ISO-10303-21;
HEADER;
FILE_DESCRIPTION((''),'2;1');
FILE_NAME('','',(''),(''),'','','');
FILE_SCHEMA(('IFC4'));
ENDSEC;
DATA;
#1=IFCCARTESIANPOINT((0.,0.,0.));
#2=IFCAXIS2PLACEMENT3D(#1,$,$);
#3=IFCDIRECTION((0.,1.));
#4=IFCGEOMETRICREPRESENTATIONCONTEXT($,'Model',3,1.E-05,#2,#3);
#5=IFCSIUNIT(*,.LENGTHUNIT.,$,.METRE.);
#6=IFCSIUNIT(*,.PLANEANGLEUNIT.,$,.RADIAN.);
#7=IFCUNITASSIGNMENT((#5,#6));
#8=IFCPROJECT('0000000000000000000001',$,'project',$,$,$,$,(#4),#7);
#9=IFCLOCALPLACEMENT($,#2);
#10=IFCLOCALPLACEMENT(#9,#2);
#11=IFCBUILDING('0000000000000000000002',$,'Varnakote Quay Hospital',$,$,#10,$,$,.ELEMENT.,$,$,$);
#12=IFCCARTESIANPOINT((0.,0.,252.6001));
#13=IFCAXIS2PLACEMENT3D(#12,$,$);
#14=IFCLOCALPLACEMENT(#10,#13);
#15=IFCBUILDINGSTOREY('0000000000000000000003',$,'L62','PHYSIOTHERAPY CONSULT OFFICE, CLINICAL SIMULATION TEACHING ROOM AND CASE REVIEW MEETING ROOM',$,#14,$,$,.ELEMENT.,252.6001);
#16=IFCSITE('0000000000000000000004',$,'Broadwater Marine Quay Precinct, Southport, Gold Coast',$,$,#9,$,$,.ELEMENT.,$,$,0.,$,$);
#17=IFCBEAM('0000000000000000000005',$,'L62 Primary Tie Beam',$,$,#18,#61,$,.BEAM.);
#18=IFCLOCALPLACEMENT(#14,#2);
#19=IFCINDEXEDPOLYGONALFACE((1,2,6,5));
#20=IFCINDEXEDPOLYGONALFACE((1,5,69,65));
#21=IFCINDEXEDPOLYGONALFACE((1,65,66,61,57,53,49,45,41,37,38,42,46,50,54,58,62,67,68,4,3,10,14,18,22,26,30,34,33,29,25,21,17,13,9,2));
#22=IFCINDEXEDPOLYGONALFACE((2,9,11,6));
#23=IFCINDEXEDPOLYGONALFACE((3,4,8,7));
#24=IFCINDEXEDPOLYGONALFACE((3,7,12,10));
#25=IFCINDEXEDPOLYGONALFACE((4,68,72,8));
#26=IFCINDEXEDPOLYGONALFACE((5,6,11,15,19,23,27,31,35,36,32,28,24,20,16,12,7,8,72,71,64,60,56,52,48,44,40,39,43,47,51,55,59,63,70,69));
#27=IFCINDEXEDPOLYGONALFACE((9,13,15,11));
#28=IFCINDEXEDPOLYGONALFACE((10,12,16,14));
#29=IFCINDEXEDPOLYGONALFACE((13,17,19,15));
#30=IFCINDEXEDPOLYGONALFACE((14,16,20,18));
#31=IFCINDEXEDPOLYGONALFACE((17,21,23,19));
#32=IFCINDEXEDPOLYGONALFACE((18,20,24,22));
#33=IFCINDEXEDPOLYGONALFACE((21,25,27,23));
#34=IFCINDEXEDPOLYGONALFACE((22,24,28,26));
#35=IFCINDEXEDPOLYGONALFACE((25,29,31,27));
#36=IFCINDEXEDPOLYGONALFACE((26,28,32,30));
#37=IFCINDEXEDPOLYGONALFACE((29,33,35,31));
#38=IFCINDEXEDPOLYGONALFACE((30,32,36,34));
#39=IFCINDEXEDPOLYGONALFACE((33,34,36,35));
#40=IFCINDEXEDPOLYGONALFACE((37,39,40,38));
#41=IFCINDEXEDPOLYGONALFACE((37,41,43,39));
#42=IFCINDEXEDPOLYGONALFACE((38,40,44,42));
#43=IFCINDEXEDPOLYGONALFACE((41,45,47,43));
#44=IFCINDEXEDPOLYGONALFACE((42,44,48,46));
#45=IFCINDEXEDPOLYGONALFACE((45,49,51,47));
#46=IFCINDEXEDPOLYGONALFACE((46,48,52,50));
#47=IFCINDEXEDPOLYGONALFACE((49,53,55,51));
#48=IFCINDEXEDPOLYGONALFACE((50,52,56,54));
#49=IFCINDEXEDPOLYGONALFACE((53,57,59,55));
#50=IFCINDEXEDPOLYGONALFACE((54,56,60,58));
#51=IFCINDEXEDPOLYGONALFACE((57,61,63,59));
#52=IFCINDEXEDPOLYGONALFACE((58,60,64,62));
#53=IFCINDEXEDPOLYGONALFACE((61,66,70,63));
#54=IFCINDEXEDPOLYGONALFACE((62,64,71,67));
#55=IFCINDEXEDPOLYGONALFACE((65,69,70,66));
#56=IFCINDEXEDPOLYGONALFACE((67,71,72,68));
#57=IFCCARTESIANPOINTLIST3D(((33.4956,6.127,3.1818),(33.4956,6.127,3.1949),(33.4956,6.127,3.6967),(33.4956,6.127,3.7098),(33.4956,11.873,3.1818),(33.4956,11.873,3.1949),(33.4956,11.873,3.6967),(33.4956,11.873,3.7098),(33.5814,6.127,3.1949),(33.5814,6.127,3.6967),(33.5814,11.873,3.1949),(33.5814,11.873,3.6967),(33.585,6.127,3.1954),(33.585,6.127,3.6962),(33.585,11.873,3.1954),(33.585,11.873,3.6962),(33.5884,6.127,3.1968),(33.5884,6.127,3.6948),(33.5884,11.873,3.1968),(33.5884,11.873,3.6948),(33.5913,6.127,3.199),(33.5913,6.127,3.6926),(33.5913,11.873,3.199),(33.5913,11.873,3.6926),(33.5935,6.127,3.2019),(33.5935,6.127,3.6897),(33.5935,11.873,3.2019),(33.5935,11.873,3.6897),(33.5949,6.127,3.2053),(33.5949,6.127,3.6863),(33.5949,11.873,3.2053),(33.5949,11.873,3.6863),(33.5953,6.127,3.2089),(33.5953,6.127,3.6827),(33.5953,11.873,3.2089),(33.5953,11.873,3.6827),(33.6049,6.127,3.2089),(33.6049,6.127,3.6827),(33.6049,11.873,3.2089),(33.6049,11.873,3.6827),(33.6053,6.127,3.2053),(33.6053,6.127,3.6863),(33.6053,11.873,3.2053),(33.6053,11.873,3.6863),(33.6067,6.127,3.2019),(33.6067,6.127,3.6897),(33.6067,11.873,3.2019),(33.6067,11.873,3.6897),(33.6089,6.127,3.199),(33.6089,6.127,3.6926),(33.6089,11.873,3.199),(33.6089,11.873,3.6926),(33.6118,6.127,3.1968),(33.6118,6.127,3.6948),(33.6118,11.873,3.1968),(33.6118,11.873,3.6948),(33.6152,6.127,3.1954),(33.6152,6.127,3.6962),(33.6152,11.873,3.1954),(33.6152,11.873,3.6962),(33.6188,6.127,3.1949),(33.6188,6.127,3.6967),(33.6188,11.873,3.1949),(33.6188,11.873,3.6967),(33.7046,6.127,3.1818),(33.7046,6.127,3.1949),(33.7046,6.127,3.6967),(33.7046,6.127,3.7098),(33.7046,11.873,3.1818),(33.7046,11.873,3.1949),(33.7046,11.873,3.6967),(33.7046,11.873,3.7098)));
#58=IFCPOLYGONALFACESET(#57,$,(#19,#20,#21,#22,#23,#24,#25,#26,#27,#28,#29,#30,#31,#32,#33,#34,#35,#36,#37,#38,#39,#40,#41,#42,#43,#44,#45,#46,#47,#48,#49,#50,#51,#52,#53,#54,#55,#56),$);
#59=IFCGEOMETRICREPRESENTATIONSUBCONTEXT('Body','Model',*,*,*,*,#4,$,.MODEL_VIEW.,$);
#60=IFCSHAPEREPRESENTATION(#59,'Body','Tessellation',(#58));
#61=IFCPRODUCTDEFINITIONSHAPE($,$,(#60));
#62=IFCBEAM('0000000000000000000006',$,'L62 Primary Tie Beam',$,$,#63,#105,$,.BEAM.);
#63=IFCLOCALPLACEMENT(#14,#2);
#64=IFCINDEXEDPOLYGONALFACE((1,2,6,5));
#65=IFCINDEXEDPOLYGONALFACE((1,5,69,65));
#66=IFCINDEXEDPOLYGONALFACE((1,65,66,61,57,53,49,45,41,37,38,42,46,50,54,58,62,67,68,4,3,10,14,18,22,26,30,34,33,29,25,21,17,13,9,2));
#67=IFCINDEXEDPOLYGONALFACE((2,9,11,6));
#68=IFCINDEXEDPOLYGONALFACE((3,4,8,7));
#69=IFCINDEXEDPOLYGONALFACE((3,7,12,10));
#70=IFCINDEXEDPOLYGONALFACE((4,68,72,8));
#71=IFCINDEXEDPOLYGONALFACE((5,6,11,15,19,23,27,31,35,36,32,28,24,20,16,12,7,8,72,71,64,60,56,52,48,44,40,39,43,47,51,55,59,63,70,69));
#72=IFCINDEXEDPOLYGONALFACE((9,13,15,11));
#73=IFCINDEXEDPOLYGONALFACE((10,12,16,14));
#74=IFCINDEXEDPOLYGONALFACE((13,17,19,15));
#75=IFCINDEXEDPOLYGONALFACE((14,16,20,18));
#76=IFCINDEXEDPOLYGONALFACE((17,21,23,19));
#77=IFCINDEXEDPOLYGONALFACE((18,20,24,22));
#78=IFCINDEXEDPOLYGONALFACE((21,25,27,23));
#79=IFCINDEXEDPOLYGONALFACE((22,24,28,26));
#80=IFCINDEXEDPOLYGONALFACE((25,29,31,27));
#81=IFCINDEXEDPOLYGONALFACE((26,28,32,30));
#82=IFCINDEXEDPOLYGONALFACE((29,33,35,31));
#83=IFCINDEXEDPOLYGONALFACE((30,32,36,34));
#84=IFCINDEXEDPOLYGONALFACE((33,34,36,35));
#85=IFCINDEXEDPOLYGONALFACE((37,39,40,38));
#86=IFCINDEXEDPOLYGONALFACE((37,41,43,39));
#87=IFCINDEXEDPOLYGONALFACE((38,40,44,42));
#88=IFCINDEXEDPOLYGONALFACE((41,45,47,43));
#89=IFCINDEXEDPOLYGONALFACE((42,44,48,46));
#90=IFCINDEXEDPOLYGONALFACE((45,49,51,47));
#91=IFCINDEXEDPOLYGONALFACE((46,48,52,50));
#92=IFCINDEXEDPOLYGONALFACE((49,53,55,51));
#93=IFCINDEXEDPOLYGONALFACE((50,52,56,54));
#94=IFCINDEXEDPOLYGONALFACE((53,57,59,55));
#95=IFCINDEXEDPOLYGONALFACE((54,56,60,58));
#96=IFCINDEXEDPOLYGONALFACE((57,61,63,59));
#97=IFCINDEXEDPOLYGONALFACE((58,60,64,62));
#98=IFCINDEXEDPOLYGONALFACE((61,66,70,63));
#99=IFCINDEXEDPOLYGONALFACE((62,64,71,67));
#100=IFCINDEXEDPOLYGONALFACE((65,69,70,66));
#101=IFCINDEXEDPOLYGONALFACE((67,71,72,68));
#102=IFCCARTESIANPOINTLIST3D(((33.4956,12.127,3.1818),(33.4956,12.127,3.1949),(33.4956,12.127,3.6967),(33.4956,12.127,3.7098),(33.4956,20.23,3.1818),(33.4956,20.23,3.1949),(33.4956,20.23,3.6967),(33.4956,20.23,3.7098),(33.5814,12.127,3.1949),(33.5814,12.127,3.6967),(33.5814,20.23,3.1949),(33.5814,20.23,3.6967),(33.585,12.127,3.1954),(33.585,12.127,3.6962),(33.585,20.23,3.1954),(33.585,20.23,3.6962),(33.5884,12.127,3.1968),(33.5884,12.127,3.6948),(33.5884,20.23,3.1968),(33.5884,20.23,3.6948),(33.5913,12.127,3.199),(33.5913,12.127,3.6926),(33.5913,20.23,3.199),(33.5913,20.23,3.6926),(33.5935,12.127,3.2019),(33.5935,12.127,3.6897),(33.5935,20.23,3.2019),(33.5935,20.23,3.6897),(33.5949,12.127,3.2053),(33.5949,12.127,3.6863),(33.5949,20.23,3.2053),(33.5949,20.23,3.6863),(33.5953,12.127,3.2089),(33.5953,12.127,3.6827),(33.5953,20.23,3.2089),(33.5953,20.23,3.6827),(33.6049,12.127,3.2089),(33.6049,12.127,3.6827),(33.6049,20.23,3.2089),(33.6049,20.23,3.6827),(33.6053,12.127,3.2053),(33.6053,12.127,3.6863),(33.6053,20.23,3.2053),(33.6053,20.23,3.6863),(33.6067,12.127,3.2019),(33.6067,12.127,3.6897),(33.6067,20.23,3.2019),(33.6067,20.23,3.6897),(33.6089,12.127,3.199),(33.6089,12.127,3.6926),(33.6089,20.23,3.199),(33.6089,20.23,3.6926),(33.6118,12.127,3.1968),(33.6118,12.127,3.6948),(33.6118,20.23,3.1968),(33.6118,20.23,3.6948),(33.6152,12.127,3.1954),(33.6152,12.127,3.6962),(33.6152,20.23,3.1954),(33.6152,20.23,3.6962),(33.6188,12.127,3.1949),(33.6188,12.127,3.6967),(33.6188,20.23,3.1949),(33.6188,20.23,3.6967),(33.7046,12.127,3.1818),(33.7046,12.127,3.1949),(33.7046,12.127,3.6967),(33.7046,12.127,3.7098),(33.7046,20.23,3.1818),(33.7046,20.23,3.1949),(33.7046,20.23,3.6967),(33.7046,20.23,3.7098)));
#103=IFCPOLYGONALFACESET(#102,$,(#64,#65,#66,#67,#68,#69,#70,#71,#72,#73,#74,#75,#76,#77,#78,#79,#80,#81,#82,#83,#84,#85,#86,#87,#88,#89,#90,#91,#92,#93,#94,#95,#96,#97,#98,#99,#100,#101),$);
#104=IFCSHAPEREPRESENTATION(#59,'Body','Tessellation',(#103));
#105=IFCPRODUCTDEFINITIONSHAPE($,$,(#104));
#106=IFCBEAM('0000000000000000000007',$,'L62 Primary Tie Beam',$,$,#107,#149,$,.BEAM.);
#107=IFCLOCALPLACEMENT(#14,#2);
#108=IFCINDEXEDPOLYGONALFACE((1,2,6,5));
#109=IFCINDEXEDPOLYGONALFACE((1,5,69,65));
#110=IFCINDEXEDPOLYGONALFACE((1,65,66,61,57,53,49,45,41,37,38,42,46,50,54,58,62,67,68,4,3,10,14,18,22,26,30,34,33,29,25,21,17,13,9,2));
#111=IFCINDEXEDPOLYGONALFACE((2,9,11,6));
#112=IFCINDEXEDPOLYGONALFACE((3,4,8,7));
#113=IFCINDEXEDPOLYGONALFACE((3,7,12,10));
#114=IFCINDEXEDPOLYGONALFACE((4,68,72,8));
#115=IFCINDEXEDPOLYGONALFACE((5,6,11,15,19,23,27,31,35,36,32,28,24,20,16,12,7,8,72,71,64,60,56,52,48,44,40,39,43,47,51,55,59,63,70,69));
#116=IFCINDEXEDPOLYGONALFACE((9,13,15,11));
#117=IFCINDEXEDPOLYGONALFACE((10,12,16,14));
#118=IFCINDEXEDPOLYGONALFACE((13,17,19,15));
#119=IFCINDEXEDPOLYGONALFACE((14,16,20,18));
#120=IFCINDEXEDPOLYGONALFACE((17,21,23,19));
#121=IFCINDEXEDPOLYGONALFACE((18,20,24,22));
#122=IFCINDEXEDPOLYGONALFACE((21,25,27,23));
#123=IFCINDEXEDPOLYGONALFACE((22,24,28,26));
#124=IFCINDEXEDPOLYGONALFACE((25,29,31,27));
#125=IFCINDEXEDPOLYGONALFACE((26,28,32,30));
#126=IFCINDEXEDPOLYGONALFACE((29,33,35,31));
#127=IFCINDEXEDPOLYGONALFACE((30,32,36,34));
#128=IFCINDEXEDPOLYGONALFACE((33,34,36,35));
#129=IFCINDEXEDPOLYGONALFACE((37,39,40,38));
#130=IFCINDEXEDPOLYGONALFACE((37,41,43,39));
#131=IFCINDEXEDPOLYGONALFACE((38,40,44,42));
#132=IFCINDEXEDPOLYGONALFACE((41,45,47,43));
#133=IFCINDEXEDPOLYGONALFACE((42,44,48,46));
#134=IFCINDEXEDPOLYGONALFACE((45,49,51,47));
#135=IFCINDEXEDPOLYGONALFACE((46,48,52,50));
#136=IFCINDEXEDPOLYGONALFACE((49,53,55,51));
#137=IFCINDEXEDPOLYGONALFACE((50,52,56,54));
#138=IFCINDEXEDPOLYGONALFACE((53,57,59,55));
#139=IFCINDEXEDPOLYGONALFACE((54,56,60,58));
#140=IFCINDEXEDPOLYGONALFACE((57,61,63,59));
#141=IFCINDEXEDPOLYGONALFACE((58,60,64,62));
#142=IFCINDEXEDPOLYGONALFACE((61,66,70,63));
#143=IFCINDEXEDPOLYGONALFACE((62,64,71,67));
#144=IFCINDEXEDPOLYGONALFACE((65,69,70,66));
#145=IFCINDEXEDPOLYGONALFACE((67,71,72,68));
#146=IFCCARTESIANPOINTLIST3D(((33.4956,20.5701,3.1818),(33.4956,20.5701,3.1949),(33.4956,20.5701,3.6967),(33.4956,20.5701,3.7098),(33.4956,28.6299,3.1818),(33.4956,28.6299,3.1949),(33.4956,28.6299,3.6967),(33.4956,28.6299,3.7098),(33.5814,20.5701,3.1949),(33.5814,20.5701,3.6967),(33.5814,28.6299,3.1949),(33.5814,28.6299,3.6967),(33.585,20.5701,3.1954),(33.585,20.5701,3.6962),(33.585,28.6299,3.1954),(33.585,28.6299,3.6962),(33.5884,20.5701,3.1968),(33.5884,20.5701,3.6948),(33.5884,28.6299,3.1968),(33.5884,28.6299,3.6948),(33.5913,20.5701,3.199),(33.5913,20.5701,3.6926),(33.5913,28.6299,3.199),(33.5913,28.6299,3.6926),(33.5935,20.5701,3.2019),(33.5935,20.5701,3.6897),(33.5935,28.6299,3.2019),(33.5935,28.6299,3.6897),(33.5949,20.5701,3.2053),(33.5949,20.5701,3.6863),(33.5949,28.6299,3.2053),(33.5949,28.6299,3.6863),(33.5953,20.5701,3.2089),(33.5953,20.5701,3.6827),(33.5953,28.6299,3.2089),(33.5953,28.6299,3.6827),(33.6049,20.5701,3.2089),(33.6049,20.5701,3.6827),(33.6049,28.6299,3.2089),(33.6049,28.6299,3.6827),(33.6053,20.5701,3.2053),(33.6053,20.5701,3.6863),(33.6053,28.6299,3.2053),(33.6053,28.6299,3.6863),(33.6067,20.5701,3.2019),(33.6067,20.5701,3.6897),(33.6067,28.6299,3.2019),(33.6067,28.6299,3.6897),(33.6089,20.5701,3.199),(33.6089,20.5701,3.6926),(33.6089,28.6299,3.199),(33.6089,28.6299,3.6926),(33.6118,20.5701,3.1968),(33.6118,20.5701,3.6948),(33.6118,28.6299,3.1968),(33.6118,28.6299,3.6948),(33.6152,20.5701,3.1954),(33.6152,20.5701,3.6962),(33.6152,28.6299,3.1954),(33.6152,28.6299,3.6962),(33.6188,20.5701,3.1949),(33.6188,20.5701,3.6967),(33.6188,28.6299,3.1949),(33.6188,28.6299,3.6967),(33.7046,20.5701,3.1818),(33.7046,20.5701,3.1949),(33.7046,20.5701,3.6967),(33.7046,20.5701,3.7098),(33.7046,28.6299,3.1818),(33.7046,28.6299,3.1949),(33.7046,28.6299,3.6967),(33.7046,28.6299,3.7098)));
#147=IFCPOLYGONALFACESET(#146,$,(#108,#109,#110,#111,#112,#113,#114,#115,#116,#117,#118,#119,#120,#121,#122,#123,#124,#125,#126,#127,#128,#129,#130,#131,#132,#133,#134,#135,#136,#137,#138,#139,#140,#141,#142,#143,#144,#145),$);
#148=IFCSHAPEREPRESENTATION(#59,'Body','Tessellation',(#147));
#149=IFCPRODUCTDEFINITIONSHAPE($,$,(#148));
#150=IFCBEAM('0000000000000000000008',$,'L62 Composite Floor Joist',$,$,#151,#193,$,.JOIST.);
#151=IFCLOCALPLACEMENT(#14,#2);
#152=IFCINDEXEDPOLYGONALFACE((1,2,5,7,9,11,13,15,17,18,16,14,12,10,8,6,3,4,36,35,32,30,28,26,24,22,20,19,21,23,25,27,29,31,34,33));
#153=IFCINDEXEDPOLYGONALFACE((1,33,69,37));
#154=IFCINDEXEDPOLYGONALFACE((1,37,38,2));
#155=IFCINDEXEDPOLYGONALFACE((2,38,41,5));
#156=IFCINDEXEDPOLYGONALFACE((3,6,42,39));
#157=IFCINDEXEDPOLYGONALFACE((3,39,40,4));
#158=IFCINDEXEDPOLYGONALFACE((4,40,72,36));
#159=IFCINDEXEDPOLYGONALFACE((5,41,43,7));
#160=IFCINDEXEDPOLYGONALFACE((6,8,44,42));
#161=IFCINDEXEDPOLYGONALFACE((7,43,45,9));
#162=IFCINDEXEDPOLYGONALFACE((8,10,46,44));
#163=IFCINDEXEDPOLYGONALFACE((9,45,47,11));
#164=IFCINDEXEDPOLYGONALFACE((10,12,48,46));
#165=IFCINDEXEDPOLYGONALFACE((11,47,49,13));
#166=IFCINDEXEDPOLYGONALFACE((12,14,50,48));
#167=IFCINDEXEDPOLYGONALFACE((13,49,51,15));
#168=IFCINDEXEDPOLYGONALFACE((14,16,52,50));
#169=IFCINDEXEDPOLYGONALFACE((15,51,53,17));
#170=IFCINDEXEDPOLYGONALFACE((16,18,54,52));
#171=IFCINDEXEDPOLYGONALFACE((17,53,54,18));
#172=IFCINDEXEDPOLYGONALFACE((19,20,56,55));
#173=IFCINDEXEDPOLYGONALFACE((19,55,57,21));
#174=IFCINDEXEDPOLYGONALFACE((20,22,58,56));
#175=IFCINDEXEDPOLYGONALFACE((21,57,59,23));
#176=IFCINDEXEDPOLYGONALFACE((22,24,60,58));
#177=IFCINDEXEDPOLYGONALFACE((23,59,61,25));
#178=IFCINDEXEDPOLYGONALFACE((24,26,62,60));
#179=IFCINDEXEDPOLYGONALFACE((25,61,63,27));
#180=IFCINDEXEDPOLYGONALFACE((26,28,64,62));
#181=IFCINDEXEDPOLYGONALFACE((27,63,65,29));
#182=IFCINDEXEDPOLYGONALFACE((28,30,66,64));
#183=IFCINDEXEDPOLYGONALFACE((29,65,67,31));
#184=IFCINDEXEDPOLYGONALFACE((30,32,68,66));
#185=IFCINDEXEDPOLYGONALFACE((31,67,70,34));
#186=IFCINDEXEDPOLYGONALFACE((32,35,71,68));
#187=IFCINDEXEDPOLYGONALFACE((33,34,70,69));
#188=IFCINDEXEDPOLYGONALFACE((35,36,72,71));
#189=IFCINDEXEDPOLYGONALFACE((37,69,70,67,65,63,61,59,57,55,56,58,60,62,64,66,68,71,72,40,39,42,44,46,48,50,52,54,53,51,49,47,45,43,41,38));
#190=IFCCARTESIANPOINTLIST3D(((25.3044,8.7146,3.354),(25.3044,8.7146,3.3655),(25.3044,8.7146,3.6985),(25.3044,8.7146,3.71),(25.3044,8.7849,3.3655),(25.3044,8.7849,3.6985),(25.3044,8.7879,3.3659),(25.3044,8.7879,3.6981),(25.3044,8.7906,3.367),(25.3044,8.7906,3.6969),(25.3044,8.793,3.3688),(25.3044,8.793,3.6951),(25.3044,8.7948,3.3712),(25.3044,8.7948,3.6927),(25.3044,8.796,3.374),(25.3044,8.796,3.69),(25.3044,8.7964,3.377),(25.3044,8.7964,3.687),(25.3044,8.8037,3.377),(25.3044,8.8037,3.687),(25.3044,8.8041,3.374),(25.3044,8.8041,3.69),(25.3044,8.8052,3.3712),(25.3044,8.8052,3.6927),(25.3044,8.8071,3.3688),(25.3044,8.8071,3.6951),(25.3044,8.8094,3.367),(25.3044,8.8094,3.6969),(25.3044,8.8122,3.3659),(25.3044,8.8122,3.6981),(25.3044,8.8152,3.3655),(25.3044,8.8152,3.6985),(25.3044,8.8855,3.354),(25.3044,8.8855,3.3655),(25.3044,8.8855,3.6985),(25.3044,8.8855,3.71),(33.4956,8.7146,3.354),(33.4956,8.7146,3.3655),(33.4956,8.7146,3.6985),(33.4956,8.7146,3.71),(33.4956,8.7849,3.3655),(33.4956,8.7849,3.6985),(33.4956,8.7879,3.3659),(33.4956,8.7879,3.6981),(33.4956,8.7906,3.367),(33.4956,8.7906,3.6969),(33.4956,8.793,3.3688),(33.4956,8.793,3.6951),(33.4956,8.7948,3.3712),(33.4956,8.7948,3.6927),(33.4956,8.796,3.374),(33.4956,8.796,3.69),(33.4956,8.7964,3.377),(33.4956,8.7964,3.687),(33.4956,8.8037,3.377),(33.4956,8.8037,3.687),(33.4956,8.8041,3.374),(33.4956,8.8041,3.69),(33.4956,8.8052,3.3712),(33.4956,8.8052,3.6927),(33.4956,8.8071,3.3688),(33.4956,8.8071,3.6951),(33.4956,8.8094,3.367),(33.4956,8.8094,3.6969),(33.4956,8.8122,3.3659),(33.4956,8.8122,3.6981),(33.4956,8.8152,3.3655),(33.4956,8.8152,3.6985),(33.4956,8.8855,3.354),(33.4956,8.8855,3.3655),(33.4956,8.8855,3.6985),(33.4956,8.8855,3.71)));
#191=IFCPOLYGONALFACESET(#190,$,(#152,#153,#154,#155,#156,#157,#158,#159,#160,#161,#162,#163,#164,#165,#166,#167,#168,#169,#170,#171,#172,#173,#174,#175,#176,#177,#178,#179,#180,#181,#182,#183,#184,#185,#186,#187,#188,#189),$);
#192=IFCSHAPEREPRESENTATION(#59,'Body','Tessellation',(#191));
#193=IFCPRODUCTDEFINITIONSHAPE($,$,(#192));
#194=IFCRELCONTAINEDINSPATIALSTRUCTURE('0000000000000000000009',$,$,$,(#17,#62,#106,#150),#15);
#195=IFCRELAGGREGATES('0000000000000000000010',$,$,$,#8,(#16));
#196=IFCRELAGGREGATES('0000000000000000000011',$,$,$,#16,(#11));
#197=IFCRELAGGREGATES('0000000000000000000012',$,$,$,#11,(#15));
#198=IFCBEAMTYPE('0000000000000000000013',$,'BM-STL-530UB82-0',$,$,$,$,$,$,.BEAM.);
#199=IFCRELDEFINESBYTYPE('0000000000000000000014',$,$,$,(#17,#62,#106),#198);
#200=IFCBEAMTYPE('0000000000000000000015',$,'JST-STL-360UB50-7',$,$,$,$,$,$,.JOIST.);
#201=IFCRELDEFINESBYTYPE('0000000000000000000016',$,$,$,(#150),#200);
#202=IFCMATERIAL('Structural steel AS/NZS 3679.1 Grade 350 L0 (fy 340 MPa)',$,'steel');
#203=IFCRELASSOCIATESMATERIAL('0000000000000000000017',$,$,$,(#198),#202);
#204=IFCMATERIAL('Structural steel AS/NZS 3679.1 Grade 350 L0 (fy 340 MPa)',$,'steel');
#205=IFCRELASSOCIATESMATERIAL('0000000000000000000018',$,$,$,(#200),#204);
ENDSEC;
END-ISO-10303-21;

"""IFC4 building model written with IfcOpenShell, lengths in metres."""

from ifc_helpers import new_model, si_unit, direction, frame, origin, origin_2d, place, context, subcontext, project, spatial, i_section, extrude, material, material_profile, profile_set, type_object, element, save


model = new_model("IFC4")

# Units and contexts
model_context = context("Model", 3, precision=1e-05, world=origin(), true_north=direction((0.0, 1.0)))
body_context = subcontext(model_context, "Body", "Model", "MODEL_VIEW")
ifc_project = project(units=[si_unit("LENGTHUNIT", "METRE"), si_unit("PLANEANGLEUNIT", "RADIAN")], contexts=[model_context])

# Site, building, storey
site_placement = place(None, origin())
site = spatial("IfcSite", under=ifc_project, at=site_placement, Name="Broadwater Marine Quay Precinct, Southport, Gold Coast", CompositionType="ELEMENT", RefElevation=0.0)
building_placement = place(site_placement, origin())
building = spatial("IfcBuilding", under=site, at=building_placement, Name="Varnakote Quay Hospital", CompositionType="ELEMENT")
storey_placement = place(building_placement, frame((0.0, 0.0, 252.6001)))
storey = spatial("IfcBuildingStorey", under=building, at=storey_placement, Name="L62", Description="PHYSIOTHERAPY CONSULT OFFICE, CLINICAL SIMULATION TEACHING ROOM AND CASE REVIEW MEETING ROOM", CompositionType="ELEMENT", Elevation=252.6001)

# Beams
ifc_material_1 = material(Name="Structural steel AS/NZS 3679.1 Grade 350 L0 (fy 340 MPa)", Category="steel")
ifc_material_profile_1 = material_profile(ifc_material_1, i_section(OverallWidth=0.209, OverallDepth=0.5281, WebThickness=0.0095, FlangeThickness=0.0132, FilletRadius=0.0139, at=origin_2d()), Name="530UB82.0")
ifc_profile_set_1 = profile_set([ifc_material_profile_1], Name="Structural steel AS/NZS 3679.1 Grade 350 L0 (fy 340 MPa)")
beam_type_1 = type_object("IfcBeamType", Name="BM-STL-530UB82-0", PredefinedType="BEAM", material=ifc_profile_set_1)
beam_1_placement = place(storey_placement, frame((33.6001, 6.127, 3.4458), z_axis=(0.0, 1.0, 0.0), x_axis=(-1.0, 0.0, 0.0)))
element("IfcBeam", 1, at=beam_1_placement, inside=storey, type_object=beam_type_1, Name="L62 Primary Tie Beam", PredefinedType="BEAM", context=body_context, shape_type="SweptSolid", body=[
    extrude(i_section(OverallWidth=0.209, OverallDepth=0.5281, WebThickness=0.0095, FlangeThickness=0.0132, FilletRadius=0.0139, at=origin_2d()), origin(), (0.0, 0.0, 1.0), 5.7461),
])
beam_2_placement = place(storey_placement, frame((33.6001, 12.127, 3.4458), z_axis=(0.0, 1.0, 0.0), x_axis=(-1.0, 0.0, 0.0)))
element("IfcBeam", 2, at=beam_2_placement, inside=storey, type_object=beam_type_1, Name="L62 Primary Tie Beam", PredefinedType="BEAM", context=body_context, shape_type="SweptSolid", body=[
    extrude(i_section(OverallWidth=0.209, OverallDepth=0.5281, WebThickness=0.0095, FlangeThickness=0.0132, FilletRadius=0.0139, at=origin_2d()), origin(), (0.0, 0.0, 1.0), 8.103),
])
beam_3_placement = place(storey_placement, frame((33.6001, 20.5701, 3.4458), z_axis=(0.0, 1.0, 0.0), x_axis=(-1.0, 0.0, 0.0)))
element("IfcBeam", 3, at=beam_3_placement, inside=storey, type_object=beam_type_1, Name="L62 Primary Tie Beam", PredefinedType="BEAM", context=body_context, shape_type="SweptSolid", body=[
    extrude(i_section(OverallWidth=0.209, OverallDepth=0.5281, WebThickness=0.0095, FlangeThickness=0.0132, FilletRadius=0.0139, at=origin_2d()), origin(), (0.0, 0.0, 1.0), 8.0598),
])
ifc_material_2 = material(Name="Structural steel AS/NZS 3679.1 Grade 350 L0 (fy 340 MPa)", Category="steel")
ifc_material_profile_2 = material_profile(ifc_material_2, i_section(OverallWidth=0.1709, OverallDepth=0.356, WebThickness=0.0073, FlangeThickness=0.0115, FilletRadius=0.0115, at=origin_2d()), Name="360UB50.7")
ifc_profile_set_2 = profile_set([ifc_material_profile_2], Name="Structural steel AS/NZS 3679.1 Grade 350 L0 (fy 340 MPa)")
beam_type_2 = type_object("IfcBeamType", Name="JST-STL-360UB50-7", PredefinedType="JOIST", material=ifc_profile_set_2)
for number, where, z_axis, x_axis, name in (
    (4, (25.3044, 8.8, 3.532), (1.0, 0.0, 0.0), (0.0, 1.0, 0.0), "L62 Composite Floor Joist"),
):
    element("IfcBeam", number, at=place(storey_placement, frame(where, z_axis=z_axis, x_axis=x_axis)), inside=storey, type_object=beam_type_2, Name=name, PredefinedType="JOIST", context=body_context, shape_type="SweptSolid", body=[
        extrude(i_section(OverallWidth=0.1709, OverallDepth=0.356, WebThickness=0.0073, FlangeThickness=0.0115, FilletRadius=0.0115, at=origin_2d()), origin(), (0.0, 0.0, 1.0), 8.1912),
    ])

save(model, "model.ifc")
